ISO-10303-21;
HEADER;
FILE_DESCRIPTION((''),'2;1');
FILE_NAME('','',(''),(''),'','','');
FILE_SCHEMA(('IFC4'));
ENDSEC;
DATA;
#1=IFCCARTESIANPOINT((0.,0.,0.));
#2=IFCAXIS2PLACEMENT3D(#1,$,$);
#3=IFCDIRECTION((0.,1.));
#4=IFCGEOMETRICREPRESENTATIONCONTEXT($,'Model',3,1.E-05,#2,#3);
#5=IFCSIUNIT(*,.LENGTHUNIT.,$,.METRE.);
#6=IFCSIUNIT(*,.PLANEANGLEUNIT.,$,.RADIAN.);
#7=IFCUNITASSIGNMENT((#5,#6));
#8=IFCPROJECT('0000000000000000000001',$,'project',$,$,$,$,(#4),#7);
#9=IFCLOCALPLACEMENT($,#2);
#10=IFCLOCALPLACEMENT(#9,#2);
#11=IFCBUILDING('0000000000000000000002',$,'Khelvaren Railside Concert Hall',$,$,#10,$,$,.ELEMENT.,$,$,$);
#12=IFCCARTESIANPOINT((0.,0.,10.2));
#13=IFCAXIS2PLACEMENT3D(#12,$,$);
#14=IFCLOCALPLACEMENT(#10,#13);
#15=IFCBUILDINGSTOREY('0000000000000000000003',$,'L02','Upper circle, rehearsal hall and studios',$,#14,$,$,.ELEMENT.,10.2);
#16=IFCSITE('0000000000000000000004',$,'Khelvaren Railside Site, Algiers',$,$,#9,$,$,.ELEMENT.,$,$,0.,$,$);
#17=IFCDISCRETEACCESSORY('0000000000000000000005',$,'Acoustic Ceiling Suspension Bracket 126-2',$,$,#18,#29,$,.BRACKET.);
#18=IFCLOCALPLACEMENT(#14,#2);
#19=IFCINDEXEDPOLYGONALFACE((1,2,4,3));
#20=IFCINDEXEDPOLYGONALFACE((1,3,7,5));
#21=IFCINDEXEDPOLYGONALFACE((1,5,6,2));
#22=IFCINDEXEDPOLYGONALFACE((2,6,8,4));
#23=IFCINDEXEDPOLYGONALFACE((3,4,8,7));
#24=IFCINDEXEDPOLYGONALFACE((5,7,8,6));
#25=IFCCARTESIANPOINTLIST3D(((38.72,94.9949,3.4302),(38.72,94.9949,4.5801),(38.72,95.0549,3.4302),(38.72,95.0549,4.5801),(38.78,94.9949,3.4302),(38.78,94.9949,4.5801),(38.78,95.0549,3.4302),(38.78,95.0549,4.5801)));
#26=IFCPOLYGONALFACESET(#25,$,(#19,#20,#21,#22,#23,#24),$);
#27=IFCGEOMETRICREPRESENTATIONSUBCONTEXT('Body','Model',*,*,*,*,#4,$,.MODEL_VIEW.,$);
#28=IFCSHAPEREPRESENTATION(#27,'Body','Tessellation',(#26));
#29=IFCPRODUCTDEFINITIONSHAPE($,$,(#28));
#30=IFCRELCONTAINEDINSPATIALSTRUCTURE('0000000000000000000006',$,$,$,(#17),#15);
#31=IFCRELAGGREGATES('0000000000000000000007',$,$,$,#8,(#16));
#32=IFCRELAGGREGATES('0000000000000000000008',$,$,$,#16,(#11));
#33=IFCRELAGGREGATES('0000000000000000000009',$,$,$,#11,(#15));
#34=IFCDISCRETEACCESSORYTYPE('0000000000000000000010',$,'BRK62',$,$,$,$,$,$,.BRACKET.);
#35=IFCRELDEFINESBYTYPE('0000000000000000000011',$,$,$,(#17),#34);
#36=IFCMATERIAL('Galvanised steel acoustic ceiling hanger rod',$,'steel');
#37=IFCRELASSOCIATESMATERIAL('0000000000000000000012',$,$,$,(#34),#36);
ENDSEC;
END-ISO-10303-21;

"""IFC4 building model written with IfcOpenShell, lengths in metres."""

from ifc_helpers import new_model, si_unit, direction, frame, origin, origin_2d, place, context, subcontext, project, spatial, rectangle, extrude, material, type_object, element, save


model = new_model("IFC4")

# Units and contexts
model_context = context("Model", 3, precision=1e-05, world=origin(), true_north=direction((0.0, 1.0)))
body_context = subcontext(model_context, "Body", "Model", "MODEL_VIEW")
ifc_project = project(units=[si_unit("LENGTHUNIT", "METRE"), si_unit("PLANEANGLEUNIT", "RADIAN")], contexts=[model_context])

# Site, building, storey
site_placement = place(None, origin())
site = spatial("IfcSite", under=ifc_project, at=site_placement, Name="Khelvaren Railside Site, Algiers", CompositionType="ELEMENT", RefElevation=0.0)
building_placement = place(site_placement, origin())
building = spatial("IfcBuilding", under=site, at=building_placement, Name="Khelvaren Railside Concert Hall", CompositionType="ELEMENT")
storey_placement = place(building_placement, frame((0.0, 0.0, 10.2)))
storey = spatial("IfcBuildingStorey", under=building, at=storey_placement, Name="L02", Description="Upper circle, rehearsal hall and studios", CompositionType="ELEMENT", Elevation=10.2)

# Discrete accessory
ifc_material_1 = material(Name="Galvanised steel acoustic ceiling hanger rod", Category="steel")
discrete_accessory_type = type_object("IfcDiscreteAccessoryType", Name="BRK62", PredefinedType="BRACKET", material=ifc_material_1)
discrete_accessory_placement = place(storey_placement, frame((38.75, 95.0249, 3.4302), z_axis=(0.0, 0.0, 1.0), x_axis=(1.0, 0.0, 0.0)))
element("IfcDiscreteAccessory", 1, at=discrete_accessory_placement, inside=storey, type_object=discrete_accessory_type, Name="Acoustic Ceiling Suspension Bracket 126-2", PredefinedType="BRACKET", context=body_context, shape_type="SweptSolid", body=[
    extrude(rectangle(XDim=0.0601, YDim=0.0601, at=origin_2d()), origin(), (0.0, 0.0, 1.0), 1.1499),
])

save(model, "model.ifc")
